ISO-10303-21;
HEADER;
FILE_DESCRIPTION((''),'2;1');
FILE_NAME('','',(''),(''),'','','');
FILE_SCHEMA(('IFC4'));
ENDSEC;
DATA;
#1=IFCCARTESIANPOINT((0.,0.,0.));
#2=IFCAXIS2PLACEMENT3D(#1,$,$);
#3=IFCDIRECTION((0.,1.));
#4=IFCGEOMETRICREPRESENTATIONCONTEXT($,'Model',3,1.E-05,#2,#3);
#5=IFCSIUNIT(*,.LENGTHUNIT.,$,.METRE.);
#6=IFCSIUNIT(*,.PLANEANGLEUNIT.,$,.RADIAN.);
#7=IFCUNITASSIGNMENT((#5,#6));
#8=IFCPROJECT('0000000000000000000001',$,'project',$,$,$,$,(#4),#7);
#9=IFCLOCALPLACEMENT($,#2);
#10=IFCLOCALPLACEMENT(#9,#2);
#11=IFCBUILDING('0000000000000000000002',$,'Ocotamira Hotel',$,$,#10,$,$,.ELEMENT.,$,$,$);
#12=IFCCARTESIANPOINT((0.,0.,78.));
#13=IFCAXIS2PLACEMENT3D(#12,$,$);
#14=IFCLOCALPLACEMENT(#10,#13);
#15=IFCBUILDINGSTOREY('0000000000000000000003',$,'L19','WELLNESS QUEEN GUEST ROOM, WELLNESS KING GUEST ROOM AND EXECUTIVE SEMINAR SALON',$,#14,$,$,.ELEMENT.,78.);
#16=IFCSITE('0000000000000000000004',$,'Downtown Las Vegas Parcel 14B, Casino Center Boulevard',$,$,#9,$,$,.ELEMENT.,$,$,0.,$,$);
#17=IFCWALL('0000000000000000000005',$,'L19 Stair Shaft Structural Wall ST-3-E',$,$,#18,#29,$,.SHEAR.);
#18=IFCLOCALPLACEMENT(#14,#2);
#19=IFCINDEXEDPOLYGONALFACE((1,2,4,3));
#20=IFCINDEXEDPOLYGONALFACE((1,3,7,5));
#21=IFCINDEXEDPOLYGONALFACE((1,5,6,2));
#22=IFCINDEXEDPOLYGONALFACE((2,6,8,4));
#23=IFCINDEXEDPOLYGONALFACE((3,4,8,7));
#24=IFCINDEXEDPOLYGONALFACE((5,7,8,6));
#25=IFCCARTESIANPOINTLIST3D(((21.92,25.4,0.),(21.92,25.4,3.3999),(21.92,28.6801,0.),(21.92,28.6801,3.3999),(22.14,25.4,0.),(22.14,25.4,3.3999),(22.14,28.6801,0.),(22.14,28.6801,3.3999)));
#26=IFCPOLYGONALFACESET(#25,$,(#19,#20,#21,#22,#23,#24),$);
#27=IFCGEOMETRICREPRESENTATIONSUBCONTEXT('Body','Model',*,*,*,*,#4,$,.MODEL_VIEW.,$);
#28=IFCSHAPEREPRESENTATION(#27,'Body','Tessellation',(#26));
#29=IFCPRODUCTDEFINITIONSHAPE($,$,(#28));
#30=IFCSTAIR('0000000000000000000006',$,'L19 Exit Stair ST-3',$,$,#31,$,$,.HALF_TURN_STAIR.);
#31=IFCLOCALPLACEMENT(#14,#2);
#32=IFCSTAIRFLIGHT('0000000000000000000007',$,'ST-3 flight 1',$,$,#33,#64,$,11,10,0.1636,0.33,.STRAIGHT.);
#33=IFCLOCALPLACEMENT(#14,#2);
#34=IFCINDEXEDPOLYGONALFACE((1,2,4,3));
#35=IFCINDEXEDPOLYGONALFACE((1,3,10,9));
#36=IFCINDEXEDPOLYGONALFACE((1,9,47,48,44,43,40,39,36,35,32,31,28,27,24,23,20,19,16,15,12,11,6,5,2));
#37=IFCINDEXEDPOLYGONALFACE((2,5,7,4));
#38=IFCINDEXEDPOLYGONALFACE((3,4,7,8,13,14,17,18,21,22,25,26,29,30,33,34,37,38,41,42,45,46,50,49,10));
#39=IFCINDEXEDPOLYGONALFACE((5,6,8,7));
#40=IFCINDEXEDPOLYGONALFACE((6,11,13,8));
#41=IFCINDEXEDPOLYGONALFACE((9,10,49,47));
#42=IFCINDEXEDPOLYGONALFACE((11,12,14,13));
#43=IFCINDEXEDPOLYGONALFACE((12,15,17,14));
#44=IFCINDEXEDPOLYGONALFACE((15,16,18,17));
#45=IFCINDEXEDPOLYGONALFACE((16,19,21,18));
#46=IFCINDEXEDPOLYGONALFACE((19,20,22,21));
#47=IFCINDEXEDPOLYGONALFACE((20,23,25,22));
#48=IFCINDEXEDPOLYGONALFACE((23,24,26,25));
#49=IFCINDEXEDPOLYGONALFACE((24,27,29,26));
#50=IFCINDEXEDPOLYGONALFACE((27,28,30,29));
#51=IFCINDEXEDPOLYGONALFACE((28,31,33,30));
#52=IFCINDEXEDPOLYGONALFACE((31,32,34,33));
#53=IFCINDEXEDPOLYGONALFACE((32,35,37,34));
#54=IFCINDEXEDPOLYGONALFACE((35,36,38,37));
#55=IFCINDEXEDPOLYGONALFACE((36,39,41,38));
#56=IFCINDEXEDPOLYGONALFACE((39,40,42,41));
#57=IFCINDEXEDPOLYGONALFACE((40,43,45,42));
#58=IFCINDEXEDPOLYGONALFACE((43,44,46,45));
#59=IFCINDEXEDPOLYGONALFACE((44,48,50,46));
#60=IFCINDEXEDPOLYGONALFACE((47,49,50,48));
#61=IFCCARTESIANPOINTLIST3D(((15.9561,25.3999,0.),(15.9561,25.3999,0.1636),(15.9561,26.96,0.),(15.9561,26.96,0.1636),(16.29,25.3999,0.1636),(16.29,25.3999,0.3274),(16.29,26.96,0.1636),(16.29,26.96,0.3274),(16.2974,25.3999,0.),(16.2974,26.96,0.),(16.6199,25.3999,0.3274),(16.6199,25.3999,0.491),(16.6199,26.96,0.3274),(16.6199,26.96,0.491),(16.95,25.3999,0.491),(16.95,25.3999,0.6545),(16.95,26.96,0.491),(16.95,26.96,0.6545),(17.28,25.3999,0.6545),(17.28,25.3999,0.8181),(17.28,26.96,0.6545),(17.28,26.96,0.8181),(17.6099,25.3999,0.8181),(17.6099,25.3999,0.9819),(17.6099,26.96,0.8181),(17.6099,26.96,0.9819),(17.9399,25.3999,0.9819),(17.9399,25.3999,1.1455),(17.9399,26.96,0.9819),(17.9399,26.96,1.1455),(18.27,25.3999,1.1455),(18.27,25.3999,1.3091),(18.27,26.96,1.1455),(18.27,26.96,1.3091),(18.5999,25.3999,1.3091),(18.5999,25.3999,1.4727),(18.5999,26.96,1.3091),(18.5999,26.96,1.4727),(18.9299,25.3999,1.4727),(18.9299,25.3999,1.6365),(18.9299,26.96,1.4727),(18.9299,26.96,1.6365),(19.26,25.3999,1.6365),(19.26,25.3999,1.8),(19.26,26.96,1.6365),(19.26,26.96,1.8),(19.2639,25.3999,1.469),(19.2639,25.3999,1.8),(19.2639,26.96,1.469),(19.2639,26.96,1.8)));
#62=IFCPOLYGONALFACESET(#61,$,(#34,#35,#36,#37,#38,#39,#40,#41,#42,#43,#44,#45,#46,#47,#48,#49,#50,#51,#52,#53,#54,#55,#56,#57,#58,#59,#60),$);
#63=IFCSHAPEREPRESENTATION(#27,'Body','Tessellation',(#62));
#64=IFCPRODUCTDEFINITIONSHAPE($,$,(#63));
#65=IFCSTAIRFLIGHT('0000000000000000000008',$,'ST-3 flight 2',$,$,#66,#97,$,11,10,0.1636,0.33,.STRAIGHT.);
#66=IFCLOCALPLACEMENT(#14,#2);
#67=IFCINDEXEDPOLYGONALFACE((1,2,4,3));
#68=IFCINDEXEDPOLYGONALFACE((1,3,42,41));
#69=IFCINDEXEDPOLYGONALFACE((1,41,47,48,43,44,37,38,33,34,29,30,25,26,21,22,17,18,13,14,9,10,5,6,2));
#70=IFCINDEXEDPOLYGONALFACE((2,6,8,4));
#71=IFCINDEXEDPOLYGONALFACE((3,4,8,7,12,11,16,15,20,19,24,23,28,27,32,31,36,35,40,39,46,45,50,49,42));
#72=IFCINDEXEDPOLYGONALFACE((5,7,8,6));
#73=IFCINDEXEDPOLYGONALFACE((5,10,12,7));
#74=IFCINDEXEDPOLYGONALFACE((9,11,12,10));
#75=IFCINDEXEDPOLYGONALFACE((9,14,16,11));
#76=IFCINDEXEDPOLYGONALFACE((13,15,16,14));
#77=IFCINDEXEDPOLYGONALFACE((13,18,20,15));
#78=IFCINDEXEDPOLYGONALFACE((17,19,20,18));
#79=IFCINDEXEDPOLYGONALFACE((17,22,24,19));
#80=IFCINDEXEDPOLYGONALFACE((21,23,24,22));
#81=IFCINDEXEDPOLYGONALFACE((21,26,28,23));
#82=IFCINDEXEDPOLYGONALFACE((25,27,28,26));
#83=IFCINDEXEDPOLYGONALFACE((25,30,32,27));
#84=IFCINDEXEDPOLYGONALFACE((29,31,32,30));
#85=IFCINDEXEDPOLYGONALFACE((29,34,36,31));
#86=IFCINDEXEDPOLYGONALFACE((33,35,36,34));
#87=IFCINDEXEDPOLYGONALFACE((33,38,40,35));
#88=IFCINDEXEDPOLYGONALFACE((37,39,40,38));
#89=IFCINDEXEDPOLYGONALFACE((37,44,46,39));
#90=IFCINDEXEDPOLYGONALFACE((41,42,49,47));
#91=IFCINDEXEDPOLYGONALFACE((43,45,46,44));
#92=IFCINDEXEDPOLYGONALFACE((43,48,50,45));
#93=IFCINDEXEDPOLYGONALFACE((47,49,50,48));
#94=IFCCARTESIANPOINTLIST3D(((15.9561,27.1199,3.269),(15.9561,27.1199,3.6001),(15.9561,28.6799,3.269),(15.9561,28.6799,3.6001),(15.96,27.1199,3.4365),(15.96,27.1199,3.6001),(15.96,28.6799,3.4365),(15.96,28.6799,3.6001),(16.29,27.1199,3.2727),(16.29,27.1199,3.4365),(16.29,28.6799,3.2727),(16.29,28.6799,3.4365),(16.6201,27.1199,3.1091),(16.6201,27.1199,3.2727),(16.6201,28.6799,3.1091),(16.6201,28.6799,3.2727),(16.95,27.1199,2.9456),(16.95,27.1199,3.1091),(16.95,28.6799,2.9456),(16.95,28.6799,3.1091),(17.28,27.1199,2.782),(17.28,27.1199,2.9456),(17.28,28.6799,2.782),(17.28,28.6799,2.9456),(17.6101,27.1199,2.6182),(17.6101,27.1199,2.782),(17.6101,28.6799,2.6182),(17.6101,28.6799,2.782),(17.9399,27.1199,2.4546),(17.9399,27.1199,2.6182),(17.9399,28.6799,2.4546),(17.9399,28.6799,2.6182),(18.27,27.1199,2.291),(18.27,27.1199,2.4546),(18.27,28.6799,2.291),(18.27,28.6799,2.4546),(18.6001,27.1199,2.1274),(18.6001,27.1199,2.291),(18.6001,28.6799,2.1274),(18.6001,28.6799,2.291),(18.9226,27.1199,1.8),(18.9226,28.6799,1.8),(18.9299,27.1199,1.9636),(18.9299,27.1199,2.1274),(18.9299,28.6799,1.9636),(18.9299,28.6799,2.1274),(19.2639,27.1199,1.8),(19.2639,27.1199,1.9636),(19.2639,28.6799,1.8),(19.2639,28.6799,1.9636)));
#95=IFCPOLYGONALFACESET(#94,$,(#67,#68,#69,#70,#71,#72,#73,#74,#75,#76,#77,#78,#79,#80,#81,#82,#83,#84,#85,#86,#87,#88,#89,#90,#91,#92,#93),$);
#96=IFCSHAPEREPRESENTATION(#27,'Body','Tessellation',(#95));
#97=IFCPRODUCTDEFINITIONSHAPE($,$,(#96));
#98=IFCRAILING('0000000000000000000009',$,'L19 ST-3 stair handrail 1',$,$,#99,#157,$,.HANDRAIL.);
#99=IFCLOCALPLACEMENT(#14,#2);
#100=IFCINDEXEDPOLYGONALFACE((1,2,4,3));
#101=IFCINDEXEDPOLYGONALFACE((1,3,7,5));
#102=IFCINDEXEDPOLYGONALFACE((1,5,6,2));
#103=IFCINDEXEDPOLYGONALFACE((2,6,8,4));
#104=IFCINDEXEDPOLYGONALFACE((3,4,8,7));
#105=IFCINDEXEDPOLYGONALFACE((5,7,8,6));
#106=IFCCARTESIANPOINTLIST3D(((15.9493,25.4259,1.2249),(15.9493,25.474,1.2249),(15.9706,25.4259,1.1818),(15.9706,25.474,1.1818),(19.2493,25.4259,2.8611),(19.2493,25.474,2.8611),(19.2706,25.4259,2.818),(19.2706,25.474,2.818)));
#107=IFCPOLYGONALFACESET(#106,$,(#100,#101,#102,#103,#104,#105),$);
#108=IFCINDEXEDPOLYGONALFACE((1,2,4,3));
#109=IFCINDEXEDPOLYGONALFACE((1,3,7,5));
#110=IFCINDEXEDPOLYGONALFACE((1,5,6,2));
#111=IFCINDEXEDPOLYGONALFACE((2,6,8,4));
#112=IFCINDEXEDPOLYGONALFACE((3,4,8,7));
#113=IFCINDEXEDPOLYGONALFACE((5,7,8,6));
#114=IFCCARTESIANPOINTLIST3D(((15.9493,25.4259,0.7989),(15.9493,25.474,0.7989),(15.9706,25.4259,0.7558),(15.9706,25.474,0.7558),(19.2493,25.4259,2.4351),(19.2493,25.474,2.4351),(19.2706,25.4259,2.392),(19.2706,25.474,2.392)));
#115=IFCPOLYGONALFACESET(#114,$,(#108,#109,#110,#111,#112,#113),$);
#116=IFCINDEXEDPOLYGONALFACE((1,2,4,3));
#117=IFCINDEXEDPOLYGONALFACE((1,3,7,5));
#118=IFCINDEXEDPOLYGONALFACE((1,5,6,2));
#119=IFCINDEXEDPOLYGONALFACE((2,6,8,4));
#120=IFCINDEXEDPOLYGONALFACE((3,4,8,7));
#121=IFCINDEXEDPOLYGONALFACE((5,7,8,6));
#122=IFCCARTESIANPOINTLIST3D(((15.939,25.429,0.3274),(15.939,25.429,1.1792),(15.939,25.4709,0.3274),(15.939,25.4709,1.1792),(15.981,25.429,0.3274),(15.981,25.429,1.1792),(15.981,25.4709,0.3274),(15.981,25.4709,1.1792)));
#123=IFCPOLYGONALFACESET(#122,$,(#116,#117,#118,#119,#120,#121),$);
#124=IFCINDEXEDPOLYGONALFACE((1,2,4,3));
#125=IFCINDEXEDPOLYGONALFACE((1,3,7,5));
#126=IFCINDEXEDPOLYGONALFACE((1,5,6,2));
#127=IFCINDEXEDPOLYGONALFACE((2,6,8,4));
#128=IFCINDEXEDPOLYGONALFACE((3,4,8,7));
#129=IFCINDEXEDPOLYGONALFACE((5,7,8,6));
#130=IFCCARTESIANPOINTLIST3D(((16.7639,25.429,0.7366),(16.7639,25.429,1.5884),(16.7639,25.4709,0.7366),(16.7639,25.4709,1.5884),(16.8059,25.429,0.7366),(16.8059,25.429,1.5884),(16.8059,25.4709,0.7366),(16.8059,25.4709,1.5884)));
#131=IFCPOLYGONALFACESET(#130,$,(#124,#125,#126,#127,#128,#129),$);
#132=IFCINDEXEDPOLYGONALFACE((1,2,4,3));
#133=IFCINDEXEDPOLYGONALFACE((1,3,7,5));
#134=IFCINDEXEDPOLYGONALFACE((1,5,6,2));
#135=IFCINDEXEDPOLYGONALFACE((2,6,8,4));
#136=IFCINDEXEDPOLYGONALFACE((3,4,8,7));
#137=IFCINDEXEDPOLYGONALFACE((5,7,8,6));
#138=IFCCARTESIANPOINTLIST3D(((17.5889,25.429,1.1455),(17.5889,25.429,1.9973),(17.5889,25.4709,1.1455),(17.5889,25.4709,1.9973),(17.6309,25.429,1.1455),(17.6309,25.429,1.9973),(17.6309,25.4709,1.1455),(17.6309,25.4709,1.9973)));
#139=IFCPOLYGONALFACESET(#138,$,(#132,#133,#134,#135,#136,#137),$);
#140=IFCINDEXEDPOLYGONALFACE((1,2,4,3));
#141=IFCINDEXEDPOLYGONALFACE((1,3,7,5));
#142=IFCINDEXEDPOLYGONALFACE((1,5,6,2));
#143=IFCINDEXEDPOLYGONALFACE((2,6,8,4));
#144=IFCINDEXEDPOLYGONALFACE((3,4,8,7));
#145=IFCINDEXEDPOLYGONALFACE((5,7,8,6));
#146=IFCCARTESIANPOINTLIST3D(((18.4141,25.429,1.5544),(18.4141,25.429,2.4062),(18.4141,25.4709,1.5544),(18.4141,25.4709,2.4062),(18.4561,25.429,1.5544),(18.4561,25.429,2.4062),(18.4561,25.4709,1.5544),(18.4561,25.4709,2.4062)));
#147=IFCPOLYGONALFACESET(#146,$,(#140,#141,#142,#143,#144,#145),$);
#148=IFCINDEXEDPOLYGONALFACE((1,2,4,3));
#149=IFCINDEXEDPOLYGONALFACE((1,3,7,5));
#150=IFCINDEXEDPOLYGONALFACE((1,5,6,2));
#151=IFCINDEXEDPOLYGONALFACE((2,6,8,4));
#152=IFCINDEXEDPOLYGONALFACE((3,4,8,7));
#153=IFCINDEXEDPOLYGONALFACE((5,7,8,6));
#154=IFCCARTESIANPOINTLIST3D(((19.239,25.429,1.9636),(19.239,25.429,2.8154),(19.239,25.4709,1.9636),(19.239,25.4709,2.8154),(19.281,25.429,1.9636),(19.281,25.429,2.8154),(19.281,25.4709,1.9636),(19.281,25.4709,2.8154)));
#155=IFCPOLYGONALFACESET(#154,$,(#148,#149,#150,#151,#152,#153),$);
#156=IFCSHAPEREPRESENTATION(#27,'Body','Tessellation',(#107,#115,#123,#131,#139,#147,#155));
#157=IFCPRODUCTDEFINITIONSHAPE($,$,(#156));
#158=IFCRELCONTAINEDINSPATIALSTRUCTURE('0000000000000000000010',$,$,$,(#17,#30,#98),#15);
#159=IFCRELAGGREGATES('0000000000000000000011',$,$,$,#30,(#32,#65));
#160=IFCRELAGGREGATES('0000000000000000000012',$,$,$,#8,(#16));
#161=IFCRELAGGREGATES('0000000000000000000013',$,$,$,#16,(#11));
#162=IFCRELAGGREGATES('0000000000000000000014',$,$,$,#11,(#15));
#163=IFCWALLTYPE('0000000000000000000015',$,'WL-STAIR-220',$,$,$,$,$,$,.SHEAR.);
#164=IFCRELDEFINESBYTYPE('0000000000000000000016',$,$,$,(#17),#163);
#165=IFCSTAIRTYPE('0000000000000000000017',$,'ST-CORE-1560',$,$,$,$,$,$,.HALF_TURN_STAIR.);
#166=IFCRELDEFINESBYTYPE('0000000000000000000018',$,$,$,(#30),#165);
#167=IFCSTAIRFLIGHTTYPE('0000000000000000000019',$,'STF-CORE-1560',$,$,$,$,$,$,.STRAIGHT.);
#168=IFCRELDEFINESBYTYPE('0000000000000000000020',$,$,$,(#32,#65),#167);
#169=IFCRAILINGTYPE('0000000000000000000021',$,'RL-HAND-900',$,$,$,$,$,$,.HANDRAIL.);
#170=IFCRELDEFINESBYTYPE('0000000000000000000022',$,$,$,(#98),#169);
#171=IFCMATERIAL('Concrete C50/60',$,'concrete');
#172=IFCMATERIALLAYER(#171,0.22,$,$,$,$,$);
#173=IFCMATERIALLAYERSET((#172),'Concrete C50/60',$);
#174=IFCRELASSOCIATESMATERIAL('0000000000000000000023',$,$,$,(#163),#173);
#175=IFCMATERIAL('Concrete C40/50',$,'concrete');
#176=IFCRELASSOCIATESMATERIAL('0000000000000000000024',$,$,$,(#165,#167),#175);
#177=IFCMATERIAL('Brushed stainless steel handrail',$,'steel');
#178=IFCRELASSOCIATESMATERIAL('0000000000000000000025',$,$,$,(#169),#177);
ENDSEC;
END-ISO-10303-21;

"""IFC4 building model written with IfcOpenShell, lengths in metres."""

from ifc_helpers import new_model, si_unit, direction, frame, frame_2d, origin, origin_2d, place, context, subcontext, project, spatial, polyline, rectangle, outline, extrude, source, transform, mapped, material, layer, layer_set, type_object, element, aggregate, save


model = new_model("IFC4")

# Units and contexts
model_context = context("Model", 3, precision=1e-05, world=origin(), true_north=direction((0.0, 1.0)))
body_context = subcontext(model_context, "Body", "Model", "MODEL_VIEW")
ifc_project = project(units=[si_unit("LENGTHUNIT", "METRE"), si_unit("PLANEANGLEUNIT", "RADIAN")], contexts=[model_context])

# Site, building, storey
site_placement = place(None, origin())
site = spatial("IfcSite", under=ifc_project, at=site_placement, Name="Downtown Las Vegas Parcel 14B, Casino Center Boulevard", CompositionType="ELEMENT", RefElevation=0.0)
building_placement = place(site_placement, origin())
building = spatial("IfcBuilding", under=site, at=building_placement, Name="Ocotamira Hotel", CompositionType="ELEMENT")
storey_placement = place(building_placement, frame((0.0, 0.0, 78.0)))
storey = spatial("IfcBuildingStorey", under=building, at=storey_placement, Name="L19", Description="WELLNESS QUEEN GUEST ROOM, WELLNESS KING GUEST ROOM AND EXECUTIVE SEMINAR SALON", CompositionType="ELEMENT", Elevation=78.0)

# Shared definitions
ifc_material_1 = material(Name="Concrete C50/60", Category="concrete")
ifc_layer_1 = layer(ifc_material_1, 0.22)
ifc_layer_set_1 = layer_set([ifc_layer_1], Name="Concrete C50/60")
wall_type_1 = type_object("IfcWallType", Name="WL-STAIR-220", PredefinedType="SHEAR", material=ifc_layer_set_1)

# Wall
for number, where, z_axis, x_axis, name in (
    (1, (22.03, 25.3999, 0.0), (0.0, 0.0, 1.0), (0.0, 1.0, 0.0), "L19 Stair Shaft Structural Wall ST-3-E"),
):
    element("IfcWall", number, at=place(storey_placement, frame(where, z_axis=z_axis, x_axis=x_axis)), inside=storey, type_object=wall_type_1, Name=name, PredefinedType="SHEAR", context=body_context, shape_type="SweptSolid", body=[
        extrude(rectangle(XDim=3.28, YDim=0.22, at=frame_2d((1.6401, 0.0))), origin(), (0.0, 0.0, 1.0), 3.3999),
    ])

# Stair, stair flights
ifc_material_2 = material(Name="Concrete C40/50", Category="concrete")
stair_type = type_object("IfcStairType", Name="ST-CORE-1560", PredefinedType="HALF_TURN_STAIR", material=ifc_material_2)
stair_placement = place(storey_placement, origin())
stair = element("IfcStair", 2, at=stair_placement, inside=storey, type_object=stair_type, Name="L19 Exit Stair ST-3", PredefinedType="HALF_TURN_STAIR")
stair_flight_type = type_object("IfcStairFlightType", Name="STF-CORE-1560", PredefinedType="STRAIGHT", material=ifc_material_2)
shared_shape_1 = source(origin(), body_context, "Body", "SweptSolid", [
    extrude(outline(polyline([(-0.0039, 0.0), (-0.0039, 0.1636), (0.3301, 0.1636), (0.3301, 0.3274), (0.6599, 0.3274), (0.6599, 0.491), (0.99, 0.491), (0.99, 0.6545), (1.3201, 0.6545), (1.3201, 0.8181), (1.6499, 0.8181), (1.6499, 0.9819), (1.98, 0.9819), (1.98, 1.1455), (2.3101, 1.1455), (2.3101, 1.3091), (2.6399, 1.3091), (2.6399, 1.4727), (2.97, 1.4727), (2.97, 1.6365), (3.3, 1.6365), (3.3, 1.8), (3.304, 1.8), (3.304, 1.469), (0.3374, 0.0), (-0.0039, 0.0)])), frame((0.0, 0.78, 0.0), z_axis=(0.0, -1.0, 0.0), x_axis=(1.0, 0.0, 0.0)), (0.0, 0.0, 1.0), 1.5601),
])
stair_flight_1_placement = place(storey_placement, frame((15.96, 26.1799, 0.0), z_axis=(0.0, 0.0, 1.0), x_axis=(1.0, 0.0, 0.0)))
stair_flight_1 = element("IfcStairFlight", 3, at=stair_flight_1_placement, type_object=stair_flight_type, Name="ST-3 flight 1", NumberOfRisers=11, NumberOfTreads=10, PredefinedType="STRAIGHT", RiserHeight=0.1636, TreadLength=0.33, context=body_context, shape_type="MappedRepresentation", body=[
    mapped(shared_shape_1, transform((0.0, 0.0, 0.0), scale=1.0)),
])
stair_flight_2_placement = place(storey_placement, frame((19.26, 27.8999, 1.8), z_axis=(0.0, 0.0, 1.0), x_axis=(-1.0, 0.0, 0.0)))
stair_flight_2 = element("IfcStairFlight", 4, at=stair_flight_2_placement, type_object=stair_flight_type, Name="ST-3 flight 2", NumberOfRisers=11, NumberOfTreads=10, PredefinedType="STRAIGHT", RiserHeight=0.1636, TreadLength=0.33, context=body_context, shape_type="MappedRepresentation", body=[
    mapped(shared_shape_1, transform((0.0, 0.0, 0.0), scale=1.0)),
])
aggregate(stair, [stair_flight_1, stair_flight_2])

# Railing
ifc_material_3 = material(Name="Brushed stainless steel handrail", Category="steel")
railing_type_1 = type_object("IfcRailingType", Name="RL-HAND-900", PredefinedType="HANDRAIL", material=ifc_material_3)
railing_1_placement = place(storey_placement, frame((15.96, 25.45, 0.3274)))
element("IfcRailing", 5, at=railing_1_placement, inside=storey, type_object=railing_type_1, Name="L19 ST-3 stair handrail 1", PredefinedType="HANDRAIL", context=body_context, shape_type="SweptSolid", body=[
    extrude(rectangle(XDim=0.0481, YDim=0.0481, at=origin_2d()), frame((0.0, 0.0, 0.876), z_axis=(0.89592, 0.0, 0.444215), x_axis=(0.0, 1.0, 0.0)), (0.0, 0.0, 1.0), 3.6833),
    extrude(rectangle(XDim=0.0481, YDim=0.0481, at=origin_2d()), frame((0.0, 0.0, 0.45), z_axis=(0.89592, 0.0, 0.444215), x_axis=(0.0, 1.0, 0.0)), (0.0, 0.0, 1.0), 3.6833),
    extrude(rectangle(XDim=0.042, YDim=0.042, at=origin_2d()), origin(), (0.0, 0.0, 1.0), 0.8518),
    extrude(rectangle(XDim=0.042, YDim=0.042, at=origin_2d()), frame((0.825, 0.0, 0.4092)), (0.0, 0.0, 1.0), 0.8518),
    extrude(rectangle(XDim=0.042, YDim=0.042, at=origin_2d()), frame((1.6499, 0.0, 0.8181)), (0.0, 0.0, 1.0), 0.8518),
    extrude(rectangle(XDim=0.042, YDim=0.042, at=origin_2d()), frame((2.4751, 0.0, 1.2271)), (0.0, 0.0, 1.0), 0.8518),
    extrude(rectangle(XDim=0.042, YDim=0.042, at=origin_2d()), frame((3.3, 0.0, 1.6362)), (0.0, 0.0, 1.0), 0.8518),
])

save(model, "model.ifc")
